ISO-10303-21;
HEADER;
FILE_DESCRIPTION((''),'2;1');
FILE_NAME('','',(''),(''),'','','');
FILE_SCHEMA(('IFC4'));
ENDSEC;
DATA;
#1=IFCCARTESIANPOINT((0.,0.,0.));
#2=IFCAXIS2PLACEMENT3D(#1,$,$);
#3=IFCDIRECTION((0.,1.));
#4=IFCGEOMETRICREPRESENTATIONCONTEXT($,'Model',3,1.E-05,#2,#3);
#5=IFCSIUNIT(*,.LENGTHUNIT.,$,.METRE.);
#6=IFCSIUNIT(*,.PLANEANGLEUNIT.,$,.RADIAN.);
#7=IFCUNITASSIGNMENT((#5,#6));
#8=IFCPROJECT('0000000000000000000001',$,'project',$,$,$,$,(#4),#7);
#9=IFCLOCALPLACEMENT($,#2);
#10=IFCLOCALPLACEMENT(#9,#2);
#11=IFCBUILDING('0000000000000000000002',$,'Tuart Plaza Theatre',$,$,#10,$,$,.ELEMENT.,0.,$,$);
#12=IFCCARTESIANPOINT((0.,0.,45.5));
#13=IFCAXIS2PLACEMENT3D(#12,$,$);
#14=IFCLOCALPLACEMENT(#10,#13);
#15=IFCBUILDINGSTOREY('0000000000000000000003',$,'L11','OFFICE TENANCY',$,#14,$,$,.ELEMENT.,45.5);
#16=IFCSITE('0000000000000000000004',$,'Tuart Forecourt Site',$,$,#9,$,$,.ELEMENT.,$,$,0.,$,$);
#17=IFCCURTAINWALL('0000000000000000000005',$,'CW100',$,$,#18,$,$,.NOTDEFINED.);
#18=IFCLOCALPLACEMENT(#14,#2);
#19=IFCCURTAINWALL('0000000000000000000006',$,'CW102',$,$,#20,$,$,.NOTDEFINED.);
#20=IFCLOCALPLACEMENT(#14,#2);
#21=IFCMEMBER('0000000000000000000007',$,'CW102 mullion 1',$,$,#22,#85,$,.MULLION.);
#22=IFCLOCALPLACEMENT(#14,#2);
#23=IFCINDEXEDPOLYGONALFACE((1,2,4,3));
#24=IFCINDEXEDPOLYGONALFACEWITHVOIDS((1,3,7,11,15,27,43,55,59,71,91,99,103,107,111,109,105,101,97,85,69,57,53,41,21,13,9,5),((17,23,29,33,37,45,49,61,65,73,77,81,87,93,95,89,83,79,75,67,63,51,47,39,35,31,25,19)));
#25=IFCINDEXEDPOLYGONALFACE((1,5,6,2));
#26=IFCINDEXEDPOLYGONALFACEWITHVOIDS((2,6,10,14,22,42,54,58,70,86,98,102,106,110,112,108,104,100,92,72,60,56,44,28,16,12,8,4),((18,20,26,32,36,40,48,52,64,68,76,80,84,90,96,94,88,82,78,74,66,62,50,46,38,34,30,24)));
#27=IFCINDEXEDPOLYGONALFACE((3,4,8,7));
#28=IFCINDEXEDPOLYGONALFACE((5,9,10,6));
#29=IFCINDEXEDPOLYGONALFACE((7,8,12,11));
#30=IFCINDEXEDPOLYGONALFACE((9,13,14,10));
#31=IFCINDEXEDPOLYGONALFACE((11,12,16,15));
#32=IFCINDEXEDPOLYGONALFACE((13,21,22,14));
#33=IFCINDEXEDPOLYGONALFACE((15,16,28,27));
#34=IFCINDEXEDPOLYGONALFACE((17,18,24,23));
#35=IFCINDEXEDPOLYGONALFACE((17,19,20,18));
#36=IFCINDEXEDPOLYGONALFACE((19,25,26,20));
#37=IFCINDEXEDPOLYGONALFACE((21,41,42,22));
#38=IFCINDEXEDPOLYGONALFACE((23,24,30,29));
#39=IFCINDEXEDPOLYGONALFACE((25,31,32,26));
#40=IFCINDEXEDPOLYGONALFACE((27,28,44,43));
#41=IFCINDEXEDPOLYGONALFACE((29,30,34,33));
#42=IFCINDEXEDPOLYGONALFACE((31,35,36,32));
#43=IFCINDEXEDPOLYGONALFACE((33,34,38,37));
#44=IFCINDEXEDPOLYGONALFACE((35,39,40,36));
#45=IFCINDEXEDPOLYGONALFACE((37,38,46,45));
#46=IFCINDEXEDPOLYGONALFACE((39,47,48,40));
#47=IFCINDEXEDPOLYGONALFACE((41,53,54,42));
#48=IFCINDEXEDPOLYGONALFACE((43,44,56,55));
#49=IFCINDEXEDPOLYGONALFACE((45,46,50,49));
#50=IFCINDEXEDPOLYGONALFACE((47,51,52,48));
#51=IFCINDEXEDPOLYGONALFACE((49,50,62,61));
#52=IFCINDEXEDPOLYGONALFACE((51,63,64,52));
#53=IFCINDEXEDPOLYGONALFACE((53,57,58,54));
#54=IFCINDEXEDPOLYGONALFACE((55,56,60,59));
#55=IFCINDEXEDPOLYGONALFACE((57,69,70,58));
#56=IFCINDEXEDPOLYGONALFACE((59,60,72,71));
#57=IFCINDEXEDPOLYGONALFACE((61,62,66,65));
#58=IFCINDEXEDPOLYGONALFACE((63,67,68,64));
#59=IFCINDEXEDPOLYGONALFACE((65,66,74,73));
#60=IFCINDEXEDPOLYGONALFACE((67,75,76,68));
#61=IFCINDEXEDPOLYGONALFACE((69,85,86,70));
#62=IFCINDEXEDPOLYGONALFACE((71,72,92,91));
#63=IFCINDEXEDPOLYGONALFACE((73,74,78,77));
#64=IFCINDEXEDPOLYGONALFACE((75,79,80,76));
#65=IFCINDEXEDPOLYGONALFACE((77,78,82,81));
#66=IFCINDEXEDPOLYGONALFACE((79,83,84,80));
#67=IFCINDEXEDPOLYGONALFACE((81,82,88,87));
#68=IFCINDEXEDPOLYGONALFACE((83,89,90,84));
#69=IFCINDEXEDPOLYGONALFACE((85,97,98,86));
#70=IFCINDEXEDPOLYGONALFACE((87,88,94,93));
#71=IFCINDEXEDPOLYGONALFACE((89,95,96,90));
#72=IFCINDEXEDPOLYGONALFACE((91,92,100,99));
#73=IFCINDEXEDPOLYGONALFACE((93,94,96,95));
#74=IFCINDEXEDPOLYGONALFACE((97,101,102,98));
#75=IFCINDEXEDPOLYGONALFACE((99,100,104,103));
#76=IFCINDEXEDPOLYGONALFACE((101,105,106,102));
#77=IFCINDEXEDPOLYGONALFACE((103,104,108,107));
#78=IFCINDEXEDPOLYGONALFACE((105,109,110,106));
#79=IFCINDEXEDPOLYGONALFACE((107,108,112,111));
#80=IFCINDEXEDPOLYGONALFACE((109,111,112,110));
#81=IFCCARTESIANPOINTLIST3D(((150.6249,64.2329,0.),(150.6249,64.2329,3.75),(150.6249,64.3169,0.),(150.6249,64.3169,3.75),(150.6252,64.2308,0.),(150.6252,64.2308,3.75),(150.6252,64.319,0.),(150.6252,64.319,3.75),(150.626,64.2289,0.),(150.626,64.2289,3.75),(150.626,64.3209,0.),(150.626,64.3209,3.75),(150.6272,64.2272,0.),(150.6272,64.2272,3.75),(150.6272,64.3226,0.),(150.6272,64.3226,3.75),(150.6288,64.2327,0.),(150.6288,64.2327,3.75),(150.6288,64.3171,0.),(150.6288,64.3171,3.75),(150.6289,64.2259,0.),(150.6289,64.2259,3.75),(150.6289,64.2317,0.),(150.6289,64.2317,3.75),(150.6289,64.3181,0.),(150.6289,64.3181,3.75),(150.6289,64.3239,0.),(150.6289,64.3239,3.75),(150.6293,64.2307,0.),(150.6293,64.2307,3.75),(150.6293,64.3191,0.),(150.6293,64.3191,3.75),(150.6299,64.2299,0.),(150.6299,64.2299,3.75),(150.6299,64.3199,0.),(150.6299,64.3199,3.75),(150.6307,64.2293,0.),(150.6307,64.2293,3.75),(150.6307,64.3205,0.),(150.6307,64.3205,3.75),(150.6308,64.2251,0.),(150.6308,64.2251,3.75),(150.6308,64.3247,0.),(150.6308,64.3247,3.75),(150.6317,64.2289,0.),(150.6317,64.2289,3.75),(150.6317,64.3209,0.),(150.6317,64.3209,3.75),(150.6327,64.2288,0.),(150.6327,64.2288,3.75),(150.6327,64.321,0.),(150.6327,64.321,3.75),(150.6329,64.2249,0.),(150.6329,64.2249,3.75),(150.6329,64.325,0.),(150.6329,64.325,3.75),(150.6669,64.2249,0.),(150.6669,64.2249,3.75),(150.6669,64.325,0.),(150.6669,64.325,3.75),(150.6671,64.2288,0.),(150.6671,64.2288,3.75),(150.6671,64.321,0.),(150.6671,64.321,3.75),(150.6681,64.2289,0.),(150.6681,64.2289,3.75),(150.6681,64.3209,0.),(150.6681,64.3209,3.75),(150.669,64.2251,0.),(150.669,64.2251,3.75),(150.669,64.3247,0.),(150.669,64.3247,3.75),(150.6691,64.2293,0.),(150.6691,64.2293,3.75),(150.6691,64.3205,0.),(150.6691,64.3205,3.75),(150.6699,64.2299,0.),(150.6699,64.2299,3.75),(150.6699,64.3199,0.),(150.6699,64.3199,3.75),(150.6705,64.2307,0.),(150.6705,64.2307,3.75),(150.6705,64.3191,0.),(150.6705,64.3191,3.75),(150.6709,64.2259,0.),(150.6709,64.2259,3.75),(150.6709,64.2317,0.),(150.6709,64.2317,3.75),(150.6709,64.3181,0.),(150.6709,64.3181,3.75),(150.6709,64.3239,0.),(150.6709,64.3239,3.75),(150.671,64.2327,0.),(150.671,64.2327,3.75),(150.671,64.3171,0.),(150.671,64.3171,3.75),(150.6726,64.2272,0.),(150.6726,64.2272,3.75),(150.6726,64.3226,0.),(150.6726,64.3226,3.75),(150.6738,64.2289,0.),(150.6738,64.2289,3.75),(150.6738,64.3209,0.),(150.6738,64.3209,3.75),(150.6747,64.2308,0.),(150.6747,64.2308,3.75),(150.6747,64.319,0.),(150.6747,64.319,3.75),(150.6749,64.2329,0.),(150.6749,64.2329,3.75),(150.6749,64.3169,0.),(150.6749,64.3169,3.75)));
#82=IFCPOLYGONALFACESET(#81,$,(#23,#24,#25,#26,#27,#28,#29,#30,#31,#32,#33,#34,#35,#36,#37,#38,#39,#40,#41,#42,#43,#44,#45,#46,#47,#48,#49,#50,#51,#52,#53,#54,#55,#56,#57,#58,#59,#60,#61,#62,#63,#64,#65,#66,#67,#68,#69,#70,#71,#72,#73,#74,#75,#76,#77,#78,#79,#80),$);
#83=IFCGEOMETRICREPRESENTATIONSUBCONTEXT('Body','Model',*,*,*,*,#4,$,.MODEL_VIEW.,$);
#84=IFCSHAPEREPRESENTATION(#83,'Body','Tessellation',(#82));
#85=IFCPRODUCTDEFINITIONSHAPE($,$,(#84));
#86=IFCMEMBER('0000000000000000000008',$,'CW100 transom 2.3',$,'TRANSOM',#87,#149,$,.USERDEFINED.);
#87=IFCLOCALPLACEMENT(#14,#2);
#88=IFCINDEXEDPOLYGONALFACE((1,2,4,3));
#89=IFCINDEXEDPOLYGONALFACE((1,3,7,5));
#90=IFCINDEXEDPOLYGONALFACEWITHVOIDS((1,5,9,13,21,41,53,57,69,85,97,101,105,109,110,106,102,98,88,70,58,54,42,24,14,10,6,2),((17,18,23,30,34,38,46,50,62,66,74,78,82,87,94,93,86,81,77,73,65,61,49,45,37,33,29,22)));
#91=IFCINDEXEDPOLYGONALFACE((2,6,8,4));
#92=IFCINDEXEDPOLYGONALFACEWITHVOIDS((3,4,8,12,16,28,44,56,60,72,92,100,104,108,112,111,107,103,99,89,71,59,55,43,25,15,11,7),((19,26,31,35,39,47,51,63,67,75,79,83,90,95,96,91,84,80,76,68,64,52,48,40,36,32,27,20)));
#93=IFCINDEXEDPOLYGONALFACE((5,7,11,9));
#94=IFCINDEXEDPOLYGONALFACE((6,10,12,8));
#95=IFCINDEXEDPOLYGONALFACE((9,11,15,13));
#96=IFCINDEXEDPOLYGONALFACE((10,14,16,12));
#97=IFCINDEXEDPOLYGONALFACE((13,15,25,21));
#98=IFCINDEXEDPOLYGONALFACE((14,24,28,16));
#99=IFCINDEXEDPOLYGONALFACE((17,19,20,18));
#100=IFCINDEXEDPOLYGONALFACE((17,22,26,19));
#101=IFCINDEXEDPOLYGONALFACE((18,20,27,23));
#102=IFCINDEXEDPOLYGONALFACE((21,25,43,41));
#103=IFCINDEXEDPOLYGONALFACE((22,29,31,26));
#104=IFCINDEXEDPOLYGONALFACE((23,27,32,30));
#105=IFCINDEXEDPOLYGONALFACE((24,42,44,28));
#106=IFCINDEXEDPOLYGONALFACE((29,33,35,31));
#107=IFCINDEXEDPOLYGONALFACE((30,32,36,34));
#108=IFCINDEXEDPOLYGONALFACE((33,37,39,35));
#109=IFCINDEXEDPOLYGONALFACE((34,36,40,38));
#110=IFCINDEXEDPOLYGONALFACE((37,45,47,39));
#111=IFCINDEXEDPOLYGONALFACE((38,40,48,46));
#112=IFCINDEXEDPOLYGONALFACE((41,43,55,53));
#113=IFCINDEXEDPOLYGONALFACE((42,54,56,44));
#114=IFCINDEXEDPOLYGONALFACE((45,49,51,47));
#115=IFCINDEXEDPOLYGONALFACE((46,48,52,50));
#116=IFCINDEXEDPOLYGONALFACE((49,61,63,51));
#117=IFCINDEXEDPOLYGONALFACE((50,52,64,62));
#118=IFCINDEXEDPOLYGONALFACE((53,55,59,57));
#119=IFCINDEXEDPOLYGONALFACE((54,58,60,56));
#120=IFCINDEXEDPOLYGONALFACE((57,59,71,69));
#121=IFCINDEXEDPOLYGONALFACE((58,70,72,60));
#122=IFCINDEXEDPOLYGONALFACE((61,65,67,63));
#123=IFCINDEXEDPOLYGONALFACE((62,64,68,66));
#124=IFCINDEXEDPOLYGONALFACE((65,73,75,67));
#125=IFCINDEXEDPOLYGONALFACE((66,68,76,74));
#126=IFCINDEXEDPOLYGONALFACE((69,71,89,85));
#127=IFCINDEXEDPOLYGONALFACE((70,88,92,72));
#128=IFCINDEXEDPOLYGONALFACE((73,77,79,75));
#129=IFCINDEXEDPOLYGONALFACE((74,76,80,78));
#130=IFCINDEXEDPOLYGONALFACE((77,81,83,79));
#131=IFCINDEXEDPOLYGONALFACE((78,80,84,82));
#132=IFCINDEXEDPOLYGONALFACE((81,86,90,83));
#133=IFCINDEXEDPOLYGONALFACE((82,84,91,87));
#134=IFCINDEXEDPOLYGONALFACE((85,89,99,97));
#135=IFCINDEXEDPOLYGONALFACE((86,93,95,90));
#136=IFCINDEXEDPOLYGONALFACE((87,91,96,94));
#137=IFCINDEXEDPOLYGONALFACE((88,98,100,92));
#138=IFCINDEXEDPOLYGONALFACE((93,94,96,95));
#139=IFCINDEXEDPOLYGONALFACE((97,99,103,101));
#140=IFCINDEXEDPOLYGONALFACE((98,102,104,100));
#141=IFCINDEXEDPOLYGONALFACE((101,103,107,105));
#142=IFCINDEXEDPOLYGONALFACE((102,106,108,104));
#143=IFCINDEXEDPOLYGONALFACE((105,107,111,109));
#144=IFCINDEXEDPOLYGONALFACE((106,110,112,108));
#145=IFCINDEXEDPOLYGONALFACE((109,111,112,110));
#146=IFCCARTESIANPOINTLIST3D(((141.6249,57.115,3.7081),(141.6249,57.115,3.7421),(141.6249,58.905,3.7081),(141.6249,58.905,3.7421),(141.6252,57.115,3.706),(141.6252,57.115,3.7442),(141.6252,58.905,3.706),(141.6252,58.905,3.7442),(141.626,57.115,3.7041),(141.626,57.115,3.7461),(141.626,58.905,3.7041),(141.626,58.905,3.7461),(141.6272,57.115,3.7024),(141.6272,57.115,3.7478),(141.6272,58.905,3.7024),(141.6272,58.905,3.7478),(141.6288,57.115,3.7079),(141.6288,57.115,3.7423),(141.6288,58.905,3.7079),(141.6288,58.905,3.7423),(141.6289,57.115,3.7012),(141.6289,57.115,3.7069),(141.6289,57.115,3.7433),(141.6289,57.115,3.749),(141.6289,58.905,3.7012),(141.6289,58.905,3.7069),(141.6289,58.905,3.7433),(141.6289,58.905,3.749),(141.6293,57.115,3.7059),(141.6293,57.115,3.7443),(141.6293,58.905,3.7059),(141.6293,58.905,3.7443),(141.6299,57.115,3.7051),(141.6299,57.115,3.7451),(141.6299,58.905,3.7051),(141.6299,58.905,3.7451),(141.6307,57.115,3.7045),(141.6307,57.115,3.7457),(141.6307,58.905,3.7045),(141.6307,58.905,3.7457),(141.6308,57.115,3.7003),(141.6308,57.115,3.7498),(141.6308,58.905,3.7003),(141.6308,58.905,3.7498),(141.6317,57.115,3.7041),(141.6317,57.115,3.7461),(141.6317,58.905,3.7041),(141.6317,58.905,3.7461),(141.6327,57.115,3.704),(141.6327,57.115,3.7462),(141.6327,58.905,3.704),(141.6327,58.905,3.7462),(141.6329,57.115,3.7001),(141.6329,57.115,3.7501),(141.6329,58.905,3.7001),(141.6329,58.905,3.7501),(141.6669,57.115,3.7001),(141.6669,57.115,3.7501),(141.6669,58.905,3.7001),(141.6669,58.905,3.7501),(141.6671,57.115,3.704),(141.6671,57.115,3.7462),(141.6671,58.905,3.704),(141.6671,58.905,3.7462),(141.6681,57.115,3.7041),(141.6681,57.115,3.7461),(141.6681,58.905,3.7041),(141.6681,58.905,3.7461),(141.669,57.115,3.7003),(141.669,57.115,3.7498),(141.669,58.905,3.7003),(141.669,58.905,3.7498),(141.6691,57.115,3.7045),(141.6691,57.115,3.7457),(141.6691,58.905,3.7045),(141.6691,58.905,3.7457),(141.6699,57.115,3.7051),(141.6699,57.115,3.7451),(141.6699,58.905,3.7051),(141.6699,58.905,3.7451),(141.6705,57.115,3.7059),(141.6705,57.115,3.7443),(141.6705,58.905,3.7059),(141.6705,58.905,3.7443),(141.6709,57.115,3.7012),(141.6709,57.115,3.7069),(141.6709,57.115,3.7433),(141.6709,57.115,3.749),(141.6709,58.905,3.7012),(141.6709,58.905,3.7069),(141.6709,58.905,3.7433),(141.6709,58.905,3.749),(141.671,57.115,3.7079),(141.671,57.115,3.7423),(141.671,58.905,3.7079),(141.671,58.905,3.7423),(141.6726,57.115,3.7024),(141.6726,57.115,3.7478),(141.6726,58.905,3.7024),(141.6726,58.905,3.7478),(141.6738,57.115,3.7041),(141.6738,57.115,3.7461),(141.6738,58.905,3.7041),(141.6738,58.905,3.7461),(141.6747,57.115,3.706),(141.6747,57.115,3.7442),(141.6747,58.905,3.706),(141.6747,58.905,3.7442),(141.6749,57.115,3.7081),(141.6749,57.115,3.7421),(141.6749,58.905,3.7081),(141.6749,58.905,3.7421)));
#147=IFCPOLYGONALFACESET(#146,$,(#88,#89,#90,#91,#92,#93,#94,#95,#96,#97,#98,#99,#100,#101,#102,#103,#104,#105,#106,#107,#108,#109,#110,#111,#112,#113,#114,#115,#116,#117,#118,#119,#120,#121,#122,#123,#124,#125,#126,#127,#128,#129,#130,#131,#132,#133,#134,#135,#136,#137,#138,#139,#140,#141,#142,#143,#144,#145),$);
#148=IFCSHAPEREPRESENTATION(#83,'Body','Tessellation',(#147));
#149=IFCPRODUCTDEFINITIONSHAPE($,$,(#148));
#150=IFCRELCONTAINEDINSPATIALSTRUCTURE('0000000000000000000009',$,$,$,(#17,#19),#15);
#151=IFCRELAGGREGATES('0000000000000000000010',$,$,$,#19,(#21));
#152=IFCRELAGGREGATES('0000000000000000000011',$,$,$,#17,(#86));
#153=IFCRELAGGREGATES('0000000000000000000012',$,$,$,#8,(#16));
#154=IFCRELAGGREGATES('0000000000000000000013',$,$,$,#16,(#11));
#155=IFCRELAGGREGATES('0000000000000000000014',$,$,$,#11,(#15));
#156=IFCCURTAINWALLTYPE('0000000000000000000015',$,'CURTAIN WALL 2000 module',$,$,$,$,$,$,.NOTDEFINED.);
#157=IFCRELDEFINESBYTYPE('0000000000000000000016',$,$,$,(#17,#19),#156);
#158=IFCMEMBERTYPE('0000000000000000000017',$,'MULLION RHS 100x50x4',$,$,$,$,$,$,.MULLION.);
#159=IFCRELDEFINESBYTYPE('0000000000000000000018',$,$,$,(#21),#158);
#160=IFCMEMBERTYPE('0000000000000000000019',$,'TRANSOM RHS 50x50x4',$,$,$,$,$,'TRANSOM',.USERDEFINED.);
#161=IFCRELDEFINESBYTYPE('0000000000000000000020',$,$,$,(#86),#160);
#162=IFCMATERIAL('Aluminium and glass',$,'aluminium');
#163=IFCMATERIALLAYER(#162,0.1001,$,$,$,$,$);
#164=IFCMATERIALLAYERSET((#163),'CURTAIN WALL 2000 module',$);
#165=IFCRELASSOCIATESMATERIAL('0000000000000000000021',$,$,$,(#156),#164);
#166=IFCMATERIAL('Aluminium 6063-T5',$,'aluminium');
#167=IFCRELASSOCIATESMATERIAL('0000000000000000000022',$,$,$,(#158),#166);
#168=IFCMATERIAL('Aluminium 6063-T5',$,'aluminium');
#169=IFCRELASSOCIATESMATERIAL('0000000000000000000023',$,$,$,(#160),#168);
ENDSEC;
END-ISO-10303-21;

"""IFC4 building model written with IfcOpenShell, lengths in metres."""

from ifc_helpers import new_model, si_unit, direction, frame, origin, origin_2d, place, context, subcontext, project, spatial, hollow_rectangle, extrude, material, layer, layer_set, material_profile, profile_set, type_object, element, aggregate, save


model = new_model("IFC4")

# Units and contexts
model_context = context("Model", 3, precision=1e-05, world=origin(), true_north=direction((0.0, 1.0)))
body_context = subcontext(model_context, "Body", "Model", "MODEL_VIEW")
ifc_project = project(units=[si_unit("LENGTHUNIT", "METRE"), si_unit("PLANEANGLEUNIT", "RADIAN")], contexts=[model_context])

# Site, building, storey
site_placement = place(None, origin())
site = spatial("IfcSite", under=ifc_project, at=site_placement, Name="Tuart Forecourt Site", CompositionType="ELEMENT", RefElevation=0.0)
building_placement = place(site_placement, origin())
building = spatial("IfcBuilding", under=site, at=building_placement, Name="Tuart Plaza Theatre", CompositionType="ELEMENT", ElevationOfRefHeight=0.0)
storey_placement = place(building_placement, frame((0.0, 0.0, 45.5)))
storey = spatial("IfcBuildingStorey", under=building, at=storey_placement, Name="L11", Description="OFFICE TENANCY", CompositionType="ELEMENT", Elevation=45.5)

# Curtain wall
ifc_material_1 = material(Name="Aluminium and glass", Category="aluminium")
ifc_layer_1 = layer(ifc_material_1, 0.1001)
ifc_layer_set_1 = layer_set([ifc_layer_1], Name="CURTAIN WALL 2000 module")
curtain_wall_type = type_object("IfcCurtainWallType", Name="CURTAIN WALL 2000 module", PredefinedType="NOTDEFINED", material=ifc_layer_set_1)
curtain_wall_1_placement = place(storey_placement, origin())
curtain_wall_1 = element("IfcCurtainWall", 1, at=curtain_wall_1_placement, inside=storey, type_object=curtain_wall_type, Name="CW100", PredefinedType="NOTDEFINED")
ifc_material_2 = material(Name="Aluminium 6063-T5", Category="aluminium")
ifc_material_profile_1 = material_profile(ifc_material_2, hollow_rectangle(XDim=0.05, YDim=0.1001, WallThickness=0.0039, InnerFilletRadius=0.0039, OuterFilletRadius=0.0081, at=origin_2d()), Name="RHS 100x50x4")
ifc_profile_set_1 = profile_set([ifc_material_profile_1], Name="Aluminium 6063-T5")
member_type_1 = type_object("IfcMemberType", Name="MULLION RHS 100x50x4", PredefinedType="MULLION", material=ifc_profile_set_1)

# Curtain wall, member
curtain_wall_2_placement = place(storey_placement, origin())
curtain_wall_2 = element("IfcCurtainWall", 2, at=curtain_wall_2_placement, inside=storey, type_object=curtain_wall_type, Name="CW102", PredefinedType="NOTDEFINED")
member_1_placement = place(storey_placement, frame((150.6499, 64.2749, 0.0), z_axis=(0.0, 0.0, 1.0), x_axis=(-1.0, 0.0, 0.0)))
member_1 = element("IfcMember", 3, at=member_1_placement, type_object=member_type_1, Name="CW102 mullion 1", PredefinedType="MULLION", context=body_context, shape_type="SweptSolid", body=[
    extrude(hollow_rectangle(XDim=0.05, YDim=0.1001, WallThickness=0.0039, InnerFilletRadius=0.0039, OuterFilletRadius=0.0081, at=origin_2d()), origin(), (0.0, 0.0, 1.0), 3.75),
])

# Member
ifc_material_3 = material(Name="Aluminium 6063-T5", Category="aluminium")
ifc_material_profile_2 = material_profile(ifc_material_3, hollow_rectangle(XDim=0.05, YDim=0.05, WallThickness=0.0039, InnerFilletRadius=0.0039, OuterFilletRadius=0.0081, at=origin_2d()), Name="RHS 50x50x4")
ifc_profile_set_2 = profile_set([ifc_material_profile_2], Name="Aluminium 6063-T5")
member_type_2 = type_object("IfcMemberType", Name="TRANSOM RHS 50x50x4", ElementType="TRANSOM", PredefinedType="USERDEFINED", material=ifc_profile_set_2)
member_2_placement = place(storey_placement, frame((141.6499, 57.115, 3.7251), z_axis=(0.0, 1.0, 0.0), x_axis=(-1.0, 0.0, 0.0)))
member_2 = element("IfcMember", 4, at=member_2_placement, type_object=member_type_2, Name="CW100 transom 2.3", ObjectType="TRANSOM", PredefinedType="USERDEFINED", context=body_context, shape_type="SweptSolid", body=[
    extrude(hollow_rectangle(XDim=0.05, YDim=0.05, WallThickness=0.0039, InnerFilletRadius=0.0039, OuterFilletRadius=0.0081, at=origin_2d()), origin(), (0.0, 0.0, 1.0), 1.79),
])
aggregate(curtain_wall_2, [member_1])

aggregate(curtain_wall_1, [member_2])

save(model, "model.ifc")
